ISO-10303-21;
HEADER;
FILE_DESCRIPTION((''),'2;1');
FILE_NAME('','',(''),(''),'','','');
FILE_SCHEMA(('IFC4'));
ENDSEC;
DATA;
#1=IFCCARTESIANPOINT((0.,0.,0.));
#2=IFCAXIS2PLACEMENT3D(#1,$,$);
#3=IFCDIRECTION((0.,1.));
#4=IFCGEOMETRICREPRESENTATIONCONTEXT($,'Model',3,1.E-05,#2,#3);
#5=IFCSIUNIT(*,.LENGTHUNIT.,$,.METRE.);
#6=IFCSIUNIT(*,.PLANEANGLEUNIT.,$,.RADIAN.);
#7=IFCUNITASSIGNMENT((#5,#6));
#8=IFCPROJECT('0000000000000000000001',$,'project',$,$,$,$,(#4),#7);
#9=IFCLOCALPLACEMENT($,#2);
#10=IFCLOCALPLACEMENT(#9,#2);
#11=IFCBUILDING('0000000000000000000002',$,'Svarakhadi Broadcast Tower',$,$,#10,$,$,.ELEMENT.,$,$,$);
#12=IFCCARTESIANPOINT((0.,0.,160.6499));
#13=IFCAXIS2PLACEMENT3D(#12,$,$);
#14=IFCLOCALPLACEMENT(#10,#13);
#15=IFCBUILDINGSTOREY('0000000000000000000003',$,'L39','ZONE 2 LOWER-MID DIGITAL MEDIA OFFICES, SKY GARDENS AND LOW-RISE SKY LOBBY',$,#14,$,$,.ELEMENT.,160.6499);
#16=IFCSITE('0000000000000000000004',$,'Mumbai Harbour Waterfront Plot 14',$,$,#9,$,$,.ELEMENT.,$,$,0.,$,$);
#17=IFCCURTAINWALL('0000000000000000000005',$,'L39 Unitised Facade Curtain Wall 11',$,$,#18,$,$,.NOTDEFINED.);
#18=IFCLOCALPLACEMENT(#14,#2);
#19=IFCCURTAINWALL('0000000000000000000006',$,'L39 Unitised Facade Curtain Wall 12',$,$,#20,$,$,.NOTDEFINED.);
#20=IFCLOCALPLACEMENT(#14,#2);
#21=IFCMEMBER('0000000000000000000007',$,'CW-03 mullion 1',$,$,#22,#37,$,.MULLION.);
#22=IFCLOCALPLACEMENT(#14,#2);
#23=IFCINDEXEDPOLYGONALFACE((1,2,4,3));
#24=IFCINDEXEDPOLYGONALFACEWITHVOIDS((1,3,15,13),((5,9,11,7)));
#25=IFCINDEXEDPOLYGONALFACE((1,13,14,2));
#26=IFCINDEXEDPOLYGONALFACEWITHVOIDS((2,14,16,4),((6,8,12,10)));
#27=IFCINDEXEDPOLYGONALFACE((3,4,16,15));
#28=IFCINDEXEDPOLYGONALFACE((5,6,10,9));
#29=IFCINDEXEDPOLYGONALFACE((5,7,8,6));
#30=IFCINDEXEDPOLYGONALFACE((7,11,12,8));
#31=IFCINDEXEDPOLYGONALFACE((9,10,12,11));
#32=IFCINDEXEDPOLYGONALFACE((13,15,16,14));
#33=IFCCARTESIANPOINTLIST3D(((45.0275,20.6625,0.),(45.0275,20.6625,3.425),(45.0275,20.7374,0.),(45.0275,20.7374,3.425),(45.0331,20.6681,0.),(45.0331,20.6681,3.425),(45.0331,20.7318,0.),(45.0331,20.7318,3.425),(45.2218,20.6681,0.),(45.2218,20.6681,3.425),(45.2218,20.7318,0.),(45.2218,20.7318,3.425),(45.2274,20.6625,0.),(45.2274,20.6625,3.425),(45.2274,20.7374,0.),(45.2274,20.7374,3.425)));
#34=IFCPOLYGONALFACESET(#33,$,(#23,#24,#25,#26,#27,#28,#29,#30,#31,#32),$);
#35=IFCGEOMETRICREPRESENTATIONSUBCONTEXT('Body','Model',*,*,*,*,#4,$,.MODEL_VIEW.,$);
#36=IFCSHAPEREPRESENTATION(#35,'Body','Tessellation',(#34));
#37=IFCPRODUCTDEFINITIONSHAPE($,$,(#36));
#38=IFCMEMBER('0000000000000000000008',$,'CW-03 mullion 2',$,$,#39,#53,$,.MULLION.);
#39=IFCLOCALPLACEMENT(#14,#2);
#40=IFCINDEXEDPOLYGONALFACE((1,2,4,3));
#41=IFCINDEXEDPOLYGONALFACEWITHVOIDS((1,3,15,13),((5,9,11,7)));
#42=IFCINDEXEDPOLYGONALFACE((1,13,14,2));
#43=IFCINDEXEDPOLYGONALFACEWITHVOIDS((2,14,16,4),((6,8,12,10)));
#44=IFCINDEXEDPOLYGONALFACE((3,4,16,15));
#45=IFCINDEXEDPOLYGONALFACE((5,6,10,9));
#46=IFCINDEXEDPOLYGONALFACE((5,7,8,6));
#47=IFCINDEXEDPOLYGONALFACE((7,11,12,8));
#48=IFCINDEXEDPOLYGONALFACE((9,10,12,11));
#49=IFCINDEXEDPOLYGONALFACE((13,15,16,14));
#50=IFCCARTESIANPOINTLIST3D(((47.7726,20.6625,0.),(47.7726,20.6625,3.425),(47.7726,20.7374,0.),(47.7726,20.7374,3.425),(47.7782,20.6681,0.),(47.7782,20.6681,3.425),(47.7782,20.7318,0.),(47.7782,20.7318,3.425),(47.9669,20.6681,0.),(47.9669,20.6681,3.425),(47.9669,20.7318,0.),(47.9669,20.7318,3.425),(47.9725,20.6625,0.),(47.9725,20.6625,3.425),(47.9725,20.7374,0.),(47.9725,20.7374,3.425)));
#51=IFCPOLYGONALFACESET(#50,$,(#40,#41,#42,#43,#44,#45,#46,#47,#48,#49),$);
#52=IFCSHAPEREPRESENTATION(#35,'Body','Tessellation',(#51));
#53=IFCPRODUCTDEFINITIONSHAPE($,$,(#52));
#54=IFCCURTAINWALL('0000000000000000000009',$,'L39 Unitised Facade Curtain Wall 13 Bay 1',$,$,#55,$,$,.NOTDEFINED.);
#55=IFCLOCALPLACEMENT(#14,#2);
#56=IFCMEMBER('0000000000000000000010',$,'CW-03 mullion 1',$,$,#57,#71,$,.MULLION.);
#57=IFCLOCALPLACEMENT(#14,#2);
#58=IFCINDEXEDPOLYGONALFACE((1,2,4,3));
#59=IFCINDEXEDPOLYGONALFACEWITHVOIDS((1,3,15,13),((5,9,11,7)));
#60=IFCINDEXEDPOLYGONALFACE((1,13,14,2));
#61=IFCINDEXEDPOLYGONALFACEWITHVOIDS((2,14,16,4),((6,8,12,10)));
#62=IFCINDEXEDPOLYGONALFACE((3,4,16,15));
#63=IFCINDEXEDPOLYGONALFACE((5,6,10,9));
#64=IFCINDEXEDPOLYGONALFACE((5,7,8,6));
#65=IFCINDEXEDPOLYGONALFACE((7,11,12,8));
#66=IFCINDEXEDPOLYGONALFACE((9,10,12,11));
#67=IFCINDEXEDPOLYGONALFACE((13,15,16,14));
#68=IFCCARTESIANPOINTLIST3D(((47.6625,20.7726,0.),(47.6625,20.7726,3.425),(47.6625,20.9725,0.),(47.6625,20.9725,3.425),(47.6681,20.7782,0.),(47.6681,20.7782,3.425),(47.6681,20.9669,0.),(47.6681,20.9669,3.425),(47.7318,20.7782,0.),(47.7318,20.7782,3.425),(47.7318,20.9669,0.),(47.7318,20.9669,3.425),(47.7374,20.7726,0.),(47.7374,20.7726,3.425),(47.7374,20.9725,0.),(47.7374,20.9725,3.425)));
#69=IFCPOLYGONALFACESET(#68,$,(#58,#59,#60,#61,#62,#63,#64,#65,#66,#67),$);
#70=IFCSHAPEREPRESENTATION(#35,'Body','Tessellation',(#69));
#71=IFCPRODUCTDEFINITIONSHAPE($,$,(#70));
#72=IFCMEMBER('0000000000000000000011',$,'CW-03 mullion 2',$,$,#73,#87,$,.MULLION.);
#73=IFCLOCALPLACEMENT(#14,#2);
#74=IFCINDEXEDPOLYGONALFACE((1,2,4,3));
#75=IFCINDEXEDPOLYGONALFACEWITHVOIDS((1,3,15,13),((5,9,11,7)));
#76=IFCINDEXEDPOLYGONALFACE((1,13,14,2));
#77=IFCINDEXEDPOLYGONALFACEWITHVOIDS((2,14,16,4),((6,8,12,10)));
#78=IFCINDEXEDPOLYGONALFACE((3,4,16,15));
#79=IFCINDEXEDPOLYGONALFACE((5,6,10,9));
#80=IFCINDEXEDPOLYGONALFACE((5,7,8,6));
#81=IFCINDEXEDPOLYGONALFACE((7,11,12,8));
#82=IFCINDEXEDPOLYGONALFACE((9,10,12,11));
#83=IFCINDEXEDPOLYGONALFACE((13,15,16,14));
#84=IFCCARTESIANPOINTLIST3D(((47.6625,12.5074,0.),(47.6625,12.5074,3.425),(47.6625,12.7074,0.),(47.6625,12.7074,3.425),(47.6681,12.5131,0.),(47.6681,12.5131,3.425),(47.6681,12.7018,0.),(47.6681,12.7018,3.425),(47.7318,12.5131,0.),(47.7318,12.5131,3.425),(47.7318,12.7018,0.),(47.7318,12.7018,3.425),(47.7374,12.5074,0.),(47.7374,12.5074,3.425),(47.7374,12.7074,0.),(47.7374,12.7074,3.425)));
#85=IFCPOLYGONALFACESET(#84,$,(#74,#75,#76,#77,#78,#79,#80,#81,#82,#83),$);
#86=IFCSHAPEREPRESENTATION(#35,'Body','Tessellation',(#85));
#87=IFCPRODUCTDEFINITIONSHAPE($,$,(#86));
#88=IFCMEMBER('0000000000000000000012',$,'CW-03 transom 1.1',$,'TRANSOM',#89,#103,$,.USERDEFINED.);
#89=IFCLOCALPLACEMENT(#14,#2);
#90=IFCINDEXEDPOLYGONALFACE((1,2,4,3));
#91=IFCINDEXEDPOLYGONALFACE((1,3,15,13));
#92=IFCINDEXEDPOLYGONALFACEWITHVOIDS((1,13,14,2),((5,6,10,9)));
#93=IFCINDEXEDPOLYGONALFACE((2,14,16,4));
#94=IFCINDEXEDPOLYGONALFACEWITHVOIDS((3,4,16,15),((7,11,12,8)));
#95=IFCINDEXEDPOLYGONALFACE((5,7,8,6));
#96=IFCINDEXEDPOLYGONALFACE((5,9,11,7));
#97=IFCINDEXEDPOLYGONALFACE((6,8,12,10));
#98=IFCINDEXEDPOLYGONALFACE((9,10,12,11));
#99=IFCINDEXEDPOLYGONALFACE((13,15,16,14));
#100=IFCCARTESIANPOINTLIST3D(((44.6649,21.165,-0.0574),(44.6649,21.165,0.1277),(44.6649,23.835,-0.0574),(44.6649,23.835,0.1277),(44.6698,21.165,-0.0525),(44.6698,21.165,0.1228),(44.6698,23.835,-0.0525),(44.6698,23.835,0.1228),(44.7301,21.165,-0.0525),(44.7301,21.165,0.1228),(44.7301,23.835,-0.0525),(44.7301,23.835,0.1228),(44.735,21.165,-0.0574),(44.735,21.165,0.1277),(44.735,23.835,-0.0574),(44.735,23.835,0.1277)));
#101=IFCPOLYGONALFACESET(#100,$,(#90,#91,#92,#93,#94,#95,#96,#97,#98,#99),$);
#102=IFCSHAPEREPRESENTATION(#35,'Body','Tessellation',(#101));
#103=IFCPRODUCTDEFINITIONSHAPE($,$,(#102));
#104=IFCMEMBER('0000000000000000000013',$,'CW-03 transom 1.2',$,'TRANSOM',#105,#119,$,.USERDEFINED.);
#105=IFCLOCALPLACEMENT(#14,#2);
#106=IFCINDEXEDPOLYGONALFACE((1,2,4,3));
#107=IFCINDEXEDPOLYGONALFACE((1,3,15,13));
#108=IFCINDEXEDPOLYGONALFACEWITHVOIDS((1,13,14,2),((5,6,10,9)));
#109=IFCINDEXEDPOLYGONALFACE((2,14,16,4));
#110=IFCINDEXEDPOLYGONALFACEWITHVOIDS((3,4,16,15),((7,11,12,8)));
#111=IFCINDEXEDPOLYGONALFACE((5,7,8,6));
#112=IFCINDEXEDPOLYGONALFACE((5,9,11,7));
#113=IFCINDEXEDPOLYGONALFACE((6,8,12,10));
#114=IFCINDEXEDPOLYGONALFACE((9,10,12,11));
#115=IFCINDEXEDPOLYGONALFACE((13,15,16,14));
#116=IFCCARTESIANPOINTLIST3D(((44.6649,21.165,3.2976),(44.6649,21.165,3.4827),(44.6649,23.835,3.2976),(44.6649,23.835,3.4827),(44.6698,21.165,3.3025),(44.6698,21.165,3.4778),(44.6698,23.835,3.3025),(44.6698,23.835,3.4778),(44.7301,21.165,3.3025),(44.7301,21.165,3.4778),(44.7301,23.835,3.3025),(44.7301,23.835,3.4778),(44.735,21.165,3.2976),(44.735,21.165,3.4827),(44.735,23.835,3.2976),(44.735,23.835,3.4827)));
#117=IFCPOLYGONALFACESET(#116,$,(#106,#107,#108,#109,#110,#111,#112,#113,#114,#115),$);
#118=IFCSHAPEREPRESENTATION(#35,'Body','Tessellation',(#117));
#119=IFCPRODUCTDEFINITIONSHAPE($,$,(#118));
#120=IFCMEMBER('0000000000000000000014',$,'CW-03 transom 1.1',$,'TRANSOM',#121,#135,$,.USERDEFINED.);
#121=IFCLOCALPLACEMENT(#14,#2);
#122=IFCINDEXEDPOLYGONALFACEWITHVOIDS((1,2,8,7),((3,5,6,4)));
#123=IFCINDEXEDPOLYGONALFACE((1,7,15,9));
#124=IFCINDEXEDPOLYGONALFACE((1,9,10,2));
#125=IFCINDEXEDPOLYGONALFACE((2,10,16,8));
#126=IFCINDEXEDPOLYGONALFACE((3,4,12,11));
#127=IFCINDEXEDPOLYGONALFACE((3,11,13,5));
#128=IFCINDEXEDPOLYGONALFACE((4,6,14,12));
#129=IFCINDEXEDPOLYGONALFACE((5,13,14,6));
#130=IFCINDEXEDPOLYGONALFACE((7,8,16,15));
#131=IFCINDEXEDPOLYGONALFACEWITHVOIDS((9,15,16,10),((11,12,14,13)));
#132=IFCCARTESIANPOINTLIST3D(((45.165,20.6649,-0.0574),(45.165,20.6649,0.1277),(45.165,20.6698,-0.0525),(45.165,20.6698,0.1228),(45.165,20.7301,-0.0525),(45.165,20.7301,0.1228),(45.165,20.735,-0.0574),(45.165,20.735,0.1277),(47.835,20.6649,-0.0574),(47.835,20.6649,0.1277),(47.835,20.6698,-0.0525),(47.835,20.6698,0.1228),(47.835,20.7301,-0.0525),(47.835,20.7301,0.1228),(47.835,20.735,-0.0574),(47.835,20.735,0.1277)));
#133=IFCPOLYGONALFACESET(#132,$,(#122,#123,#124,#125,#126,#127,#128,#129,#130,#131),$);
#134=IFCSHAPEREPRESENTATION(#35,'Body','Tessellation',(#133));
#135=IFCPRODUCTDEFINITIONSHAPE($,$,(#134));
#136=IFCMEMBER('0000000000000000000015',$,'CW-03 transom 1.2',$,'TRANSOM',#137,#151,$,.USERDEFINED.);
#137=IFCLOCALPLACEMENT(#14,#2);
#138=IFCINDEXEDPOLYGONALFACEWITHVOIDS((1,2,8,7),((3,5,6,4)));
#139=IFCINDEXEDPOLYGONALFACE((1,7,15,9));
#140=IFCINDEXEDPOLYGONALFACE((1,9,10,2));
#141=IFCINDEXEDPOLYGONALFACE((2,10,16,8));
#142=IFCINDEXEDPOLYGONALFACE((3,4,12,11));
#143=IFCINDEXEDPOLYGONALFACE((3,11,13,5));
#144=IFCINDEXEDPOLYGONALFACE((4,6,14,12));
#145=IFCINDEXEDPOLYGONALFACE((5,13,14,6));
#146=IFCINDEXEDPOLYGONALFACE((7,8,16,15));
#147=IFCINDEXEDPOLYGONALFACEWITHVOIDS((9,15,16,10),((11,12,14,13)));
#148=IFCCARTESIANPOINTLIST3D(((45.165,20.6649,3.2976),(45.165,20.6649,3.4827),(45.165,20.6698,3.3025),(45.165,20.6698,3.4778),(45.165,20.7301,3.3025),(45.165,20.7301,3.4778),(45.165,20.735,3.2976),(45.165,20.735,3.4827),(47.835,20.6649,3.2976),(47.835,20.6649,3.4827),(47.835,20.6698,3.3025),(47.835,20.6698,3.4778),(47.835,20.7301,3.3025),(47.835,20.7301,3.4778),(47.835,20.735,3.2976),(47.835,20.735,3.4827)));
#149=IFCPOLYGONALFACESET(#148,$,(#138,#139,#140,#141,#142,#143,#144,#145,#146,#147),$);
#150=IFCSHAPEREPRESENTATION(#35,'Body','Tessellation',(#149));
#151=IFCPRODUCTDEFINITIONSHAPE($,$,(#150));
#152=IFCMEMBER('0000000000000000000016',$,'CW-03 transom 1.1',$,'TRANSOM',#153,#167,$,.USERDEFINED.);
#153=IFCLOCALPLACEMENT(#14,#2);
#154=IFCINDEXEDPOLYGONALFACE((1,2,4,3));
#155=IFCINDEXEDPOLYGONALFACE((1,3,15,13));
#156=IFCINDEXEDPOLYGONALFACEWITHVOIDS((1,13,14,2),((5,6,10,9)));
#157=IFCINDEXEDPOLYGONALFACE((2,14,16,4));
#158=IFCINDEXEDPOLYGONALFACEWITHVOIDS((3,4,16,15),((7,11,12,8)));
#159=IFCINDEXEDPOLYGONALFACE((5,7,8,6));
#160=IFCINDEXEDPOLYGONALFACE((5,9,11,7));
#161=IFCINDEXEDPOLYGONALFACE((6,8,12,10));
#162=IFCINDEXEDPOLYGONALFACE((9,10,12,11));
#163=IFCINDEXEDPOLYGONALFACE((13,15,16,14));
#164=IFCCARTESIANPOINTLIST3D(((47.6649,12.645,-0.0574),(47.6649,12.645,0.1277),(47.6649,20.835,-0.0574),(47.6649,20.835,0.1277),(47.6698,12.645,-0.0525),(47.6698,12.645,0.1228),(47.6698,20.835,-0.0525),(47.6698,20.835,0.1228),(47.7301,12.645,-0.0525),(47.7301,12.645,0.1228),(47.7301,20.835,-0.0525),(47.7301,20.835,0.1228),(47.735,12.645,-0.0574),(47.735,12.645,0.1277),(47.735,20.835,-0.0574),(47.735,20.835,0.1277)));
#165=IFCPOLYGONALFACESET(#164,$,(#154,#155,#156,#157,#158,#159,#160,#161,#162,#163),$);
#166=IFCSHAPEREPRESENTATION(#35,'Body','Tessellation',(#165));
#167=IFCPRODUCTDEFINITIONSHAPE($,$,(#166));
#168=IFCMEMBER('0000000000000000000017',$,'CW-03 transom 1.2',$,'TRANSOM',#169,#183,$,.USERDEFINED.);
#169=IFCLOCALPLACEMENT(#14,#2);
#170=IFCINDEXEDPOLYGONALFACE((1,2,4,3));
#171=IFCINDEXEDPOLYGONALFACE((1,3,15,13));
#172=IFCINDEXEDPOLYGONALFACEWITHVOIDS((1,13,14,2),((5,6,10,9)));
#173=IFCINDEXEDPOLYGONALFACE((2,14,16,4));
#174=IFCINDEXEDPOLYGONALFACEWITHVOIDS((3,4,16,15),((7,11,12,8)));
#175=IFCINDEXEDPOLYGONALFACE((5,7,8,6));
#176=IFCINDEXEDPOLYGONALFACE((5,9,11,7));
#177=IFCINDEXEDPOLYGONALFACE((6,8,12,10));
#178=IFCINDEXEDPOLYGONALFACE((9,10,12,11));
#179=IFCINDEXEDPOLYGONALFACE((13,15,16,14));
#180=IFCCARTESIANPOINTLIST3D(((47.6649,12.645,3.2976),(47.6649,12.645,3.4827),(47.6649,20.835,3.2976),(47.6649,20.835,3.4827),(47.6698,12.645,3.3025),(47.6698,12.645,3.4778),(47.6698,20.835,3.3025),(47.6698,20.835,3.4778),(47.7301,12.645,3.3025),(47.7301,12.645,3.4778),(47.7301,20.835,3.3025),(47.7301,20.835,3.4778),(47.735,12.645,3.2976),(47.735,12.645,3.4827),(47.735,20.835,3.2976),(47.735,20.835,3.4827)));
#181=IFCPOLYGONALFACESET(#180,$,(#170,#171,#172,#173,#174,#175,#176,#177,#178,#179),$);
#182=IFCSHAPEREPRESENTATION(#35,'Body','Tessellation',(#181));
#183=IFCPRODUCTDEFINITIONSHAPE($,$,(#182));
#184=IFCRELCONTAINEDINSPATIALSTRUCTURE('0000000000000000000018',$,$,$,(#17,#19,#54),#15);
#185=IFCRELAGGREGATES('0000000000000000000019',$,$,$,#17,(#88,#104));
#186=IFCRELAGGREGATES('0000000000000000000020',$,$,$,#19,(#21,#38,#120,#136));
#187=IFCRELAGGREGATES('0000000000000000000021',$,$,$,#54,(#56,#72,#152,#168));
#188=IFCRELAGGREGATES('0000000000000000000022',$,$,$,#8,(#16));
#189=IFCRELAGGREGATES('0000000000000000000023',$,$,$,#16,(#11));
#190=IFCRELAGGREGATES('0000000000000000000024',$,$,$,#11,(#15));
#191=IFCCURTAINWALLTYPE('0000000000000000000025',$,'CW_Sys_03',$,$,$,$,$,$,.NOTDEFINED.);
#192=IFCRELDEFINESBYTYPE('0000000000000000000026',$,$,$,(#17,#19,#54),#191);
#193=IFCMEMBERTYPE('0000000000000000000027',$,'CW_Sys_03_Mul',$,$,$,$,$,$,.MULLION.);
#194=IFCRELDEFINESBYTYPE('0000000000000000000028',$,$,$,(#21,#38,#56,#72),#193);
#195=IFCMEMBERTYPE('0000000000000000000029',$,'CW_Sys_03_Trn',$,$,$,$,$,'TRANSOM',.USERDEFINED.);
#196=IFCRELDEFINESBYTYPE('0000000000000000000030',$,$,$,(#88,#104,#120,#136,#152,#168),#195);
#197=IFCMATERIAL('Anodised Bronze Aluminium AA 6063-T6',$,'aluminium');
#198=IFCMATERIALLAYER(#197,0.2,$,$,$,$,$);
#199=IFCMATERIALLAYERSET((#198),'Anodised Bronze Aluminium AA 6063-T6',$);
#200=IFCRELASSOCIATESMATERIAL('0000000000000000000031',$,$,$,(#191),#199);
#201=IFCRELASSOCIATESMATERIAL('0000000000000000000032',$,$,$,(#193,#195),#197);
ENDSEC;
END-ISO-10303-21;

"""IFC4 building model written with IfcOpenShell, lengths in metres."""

from ifc_helpers import new_model, si_unit, direction, frame, origin, origin_2d, place, context, subcontext, project, spatial, hollow_rectangle, extrude, material, layer, layer_set, material_profile, profile_set, type_object, element, aggregate, save


model = new_model("IFC4")

# Units and contexts
model_context = context("Model", 3, precision=1e-05, world=origin(), true_north=direction((0.0, 1.0)))
body_context = subcontext(model_context, "Body", "Model", "MODEL_VIEW")
ifc_project = project(units=[si_unit("LENGTHUNIT", "METRE"), si_unit("PLANEANGLEUNIT", "RADIAN")], contexts=[model_context])

# Site, building, storey
site_placement = place(None, origin())
site = spatial("IfcSite", under=ifc_project, at=site_placement, Name="Mumbai Harbour Waterfront Plot 14", CompositionType="ELEMENT", RefElevation=0.0)
building_placement = place(site_placement, origin())
building = spatial("IfcBuilding", under=site, at=building_placement, Name="Svarakhadi Broadcast Tower", CompositionType="ELEMENT")
storey_placement = place(building_placement, frame((0.0, 0.0, 160.6499)))
storey = spatial("IfcBuildingStorey", under=building, at=storey_placement, Name="L39", Description="ZONE 2 LOWER-MID DIGITAL MEDIA OFFICES, SKY GARDENS AND LOW-RISE SKY LOBBY", CompositionType="ELEMENT", Elevation=160.6499)

# Shared definitions
ifc_material_1 = material(Name="Anodised Bronze Aluminium AA 6063-T6", Category="aluminium")
ifc_layer_1 = layer(ifc_material_1, 0.2)
ifc_layer_set_1 = layer_set([ifc_layer_1], Name="Anodised Bronze Aluminium AA 6063-T6")
curtain_wall_type = type_object("IfcCurtainWallType", Name="CW_Sys_03", PredefinedType="NOTDEFINED", material=ifc_layer_set_1)
ifc_material_profile_1 = material_profile(ifc_material_1, hollow_rectangle(XDim=0.075, YDim=0.2, WallThickness=0.0056, at=origin_2d()), Name="ALU MULLION 200x75x6")
ifc_profile_set_1 = profile_set([ifc_material_profile_1], Name="Anodised Bronze Aluminium AA 6063-T6")
member_type_1 = type_object("IfcMemberType", Name="CW_Sys_03_Mul", PredefinedType="MULLION", material=ifc_profile_set_1)

# Curtain walls, members
curtain_wall_1_placement = place(storey_placement, origin())
curtain_wall_1 = element("IfcCurtainWall", 1, at=curtain_wall_1_placement, inside=storey, type_object=curtain_wall_type, Name="L39 Unitised Facade Curtain Wall 11", PredefinedType="NOTDEFINED")
curtain_wall_2_placement = place(storey_placement, origin())
curtain_wall_2 = element("IfcCurtainWall", 2, at=curtain_wall_2_placement, inside=storey, type_object=curtain_wall_type, Name="L39 Unitised Facade Curtain Wall 12", PredefinedType="NOTDEFINED")
member_1_placement = place(storey_placement, frame((45.1274, 20.7, 0.0), z_axis=(0.0, 0.0, 1.0), x_axis=(0.0, 1.0, 0.0)))
member_1 = element("IfcMember", 3, at=member_1_placement, type_object=member_type_1, Name="CW-03 mullion 1", PredefinedType="MULLION", context=body_context, shape_type="SweptSolid", body=[
    extrude(hollow_rectangle(XDim=0.075, YDim=0.2, WallThickness=0.0056, at=origin_2d()), origin(), (0.0, 0.0, 1.0), 3.425),
])
member_2_placement = place(storey_placement, frame((47.8726, 20.7, 0.0), z_axis=(0.0, 0.0, 1.0), x_axis=(0.0, 1.0, 0.0)))
member_2 = element("IfcMember", 4, at=member_2_placement, type_object=member_type_1, Name="CW-03 mullion 2", PredefinedType="MULLION", context=body_context, shape_type="SweptSolid", body=[
    extrude(hollow_rectangle(XDim=0.075, YDim=0.2, WallThickness=0.0056, at=origin_2d()), origin(), (0.0, 0.0, 1.0), 3.425),
])
curtain_wall_3_placement = place(storey_placement, origin())
curtain_wall_3 = element("IfcCurtainWall", 5, at=curtain_wall_3_placement, inside=storey, type_object=curtain_wall_type, Name="L39 Unitised Facade Curtain Wall 13 Bay 1", PredefinedType="NOTDEFINED")
member_3_placement = place(storey_placement, frame((47.7, 20.8726, 0.0), z_axis=(0.0, 0.0, 1.0), x_axis=(1.0, 0.0, 0.0)))
member_3 = element("IfcMember", 6, at=member_3_placement, type_object=member_type_1, Name="CW-03 mullion 1", PredefinedType="MULLION", context=body_context, shape_type="SweptSolid", body=[
    extrude(hollow_rectangle(XDim=0.075, YDim=0.2, WallThickness=0.0056, at=origin_2d()), origin(), (0.0, 0.0, 1.0), 3.425),
])
member_4_placement = place(storey_placement, frame((47.7, 12.6074, 0.0), z_axis=(0.0, 0.0, 1.0), x_axis=(1.0, 0.0, 0.0)))
member_4 = element("IfcMember", 7, at=member_4_placement, type_object=member_type_1, Name="CW-03 mullion 2", PredefinedType="MULLION", context=body_context, shape_type="SweptSolid", body=[
    extrude(hollow_rectangle(XDim=0.075, YDim=0.2, WallThickness=0.0056, at=origin_2d()), origin(), (0.0, 0.0, 1.0), 3.425),
])

# Members
ifc_material_profile_2 = material_profile(ifc_material_1, hollow_rectangle(XDim=0.0701, YDim=0.1851, WallThickness=0.0049, at=origin_2d()), Name="ALU TRANSOM 185x70x5")
ifc_profile_set_2 = profile_set([ifc_material_profile_2], Name="Anodised Bronze Aluminium AA 6063-T6")
member_type_2 = type_object("IfcMemberType", Name="CW_Sys_03_Trn", ElementType="TRANSOM", PredefinedType="USERDEFINED", material=ifc_profile_set_2)
member_5_placement = place(storey_placement, frame((44.7, 23.835, 0.0352), z_axis=(0.0, -1.0, 0.0), x_axis=(1.0, 0.0, 0.0)))
member_5 = element("IfcMember", 8, at=member_5_placement, type_object=member_type_2, Name="CW-03 transom 1.1", ObjectType="TRANSOM", PredefinedType="USERDEFINED", context=body_context, shape_type="SweptSolid", body=[
    extrude(hollow_rectangle(XDim=0.0701, YDim=0.1851, WallThickness=0.0049, at=origin_2d()), origin(), (0.0, 0.0, 1.0), 2.6699),
])
member_6_placement = place(storey_placement, frame((44.7, 23.835, 3.3901), z_axis=(0.0, -1.0, 0.0), x_axis=(1.0, 0.0, 0.0)))
member_6 = element("IfcMember", 9, at=member_6_placement, type_object=member_type_2, Name="CW-03 transom 1.2", ObjectType="TRANSOM", PredefinedType="USERDEFINED", context=body_context, shape_type="SweptSolid", body=[
    extrude(hollow_rectangle(XDim=0.0701, YDim=0.1851, WallThickness=0.0049, at=origin_2d()), origin(), (0.0, 0.0, 1.0), 2.6699),
])
member_7_placement = place(storey_placement, frame((45.165, 20.7, 0.0352), z_axis=(1.0, 0.0, 0.0), x_axis=(0.0, 1.0, 0.0)))
member_7 = element("IfcMember", 10, at=member_7_placement, type_object=member_type_2, Name="CW-03 transom 1.1", ObjectType="TRANSOM", PredefinedType="USERDEFINED", context=body_context, shape_type="SweptSolid", body=[
    extrude(hollow_rectangle(XDim=0.0701, YDim=0.1851, WallThickness=0.0049, at=origin_2d()), origin(), (0.0, 0.0, 1.0), 2.6699),
])
member_8_placement = place(storey_placement, frame((45.165, 20.7, 3.3901), z_axis=(1.0, 0.0, 0.0), x_axis=(0.0, 1.0, 0.0)))
member_8 = element("IfcMember", 11, at=member_8_placement, type_object=member_type_2, Name="CW-03 transom 1.2", ObjectType="TRANSOM", PredefinedType="USERDEFINED", context=body_context, shape_type="SweptSolid", body=[
    extrude(hollow_rectangle(XDim=0.0701, YDim=0.1851, WallThickness=0.0049, at=origin_2d()), origin(), (0.0, 0.0, 1.0), 2.6699),
])
member_9_placement = place(storey_placement, frame((47.7, 20.835, 0.0352), z_axis=(0.0, -1.0, 0.0), x_axis=(1.0, 0.0, 0.0)))
member_9 = element("IfcMember", 12, at=member_9_placement, type_object=member_type_2, Name="CW-03 transom 1.1", ObjectType="TRANSOM", PredefinedType="USERDEFINED", context=body_context, shape_type="SweptSolid", body=[
    extrude(hollow_rectangle(XDim=0.0701, YDim=0.1851, WallThickness=0.0049, at=origin_2d()), origin(), (0.0, 0.0, 1.0), 8.1899),
])
member_10_placement = place(storey_placement, frame((47.7, 20.835, 3.3901), z_axis=(0.0, -1.0, 0.0), x_axis=(1.0, 0.0, 0.0)))
member_10 = element("IfcMember", 13, at=member_10_placement, type_object=member_type_2, Name="CW-03 transom 1.2", ObjectType="TRANSOM", PredefinedType="USERDEFINED", context=body_context, shape_type="SweptSolid", body=[
    extrude(hollow_rectangle(XDim=0.0701, YDim=0.1851, WallThickness=0.0049, at=origin_2d()), origin(), (0.0, 0.0, 1.0), 8.1899),
])

aggregate(curtain_wall_1, [member_5, member_6])
aggregate(curtain_wall_2, [member_1, member_2, member_7, member_8])
aggregate(curtain_wall_3, [member_3, member_4, member_9, member_10])

save(model, "model.ifc")
